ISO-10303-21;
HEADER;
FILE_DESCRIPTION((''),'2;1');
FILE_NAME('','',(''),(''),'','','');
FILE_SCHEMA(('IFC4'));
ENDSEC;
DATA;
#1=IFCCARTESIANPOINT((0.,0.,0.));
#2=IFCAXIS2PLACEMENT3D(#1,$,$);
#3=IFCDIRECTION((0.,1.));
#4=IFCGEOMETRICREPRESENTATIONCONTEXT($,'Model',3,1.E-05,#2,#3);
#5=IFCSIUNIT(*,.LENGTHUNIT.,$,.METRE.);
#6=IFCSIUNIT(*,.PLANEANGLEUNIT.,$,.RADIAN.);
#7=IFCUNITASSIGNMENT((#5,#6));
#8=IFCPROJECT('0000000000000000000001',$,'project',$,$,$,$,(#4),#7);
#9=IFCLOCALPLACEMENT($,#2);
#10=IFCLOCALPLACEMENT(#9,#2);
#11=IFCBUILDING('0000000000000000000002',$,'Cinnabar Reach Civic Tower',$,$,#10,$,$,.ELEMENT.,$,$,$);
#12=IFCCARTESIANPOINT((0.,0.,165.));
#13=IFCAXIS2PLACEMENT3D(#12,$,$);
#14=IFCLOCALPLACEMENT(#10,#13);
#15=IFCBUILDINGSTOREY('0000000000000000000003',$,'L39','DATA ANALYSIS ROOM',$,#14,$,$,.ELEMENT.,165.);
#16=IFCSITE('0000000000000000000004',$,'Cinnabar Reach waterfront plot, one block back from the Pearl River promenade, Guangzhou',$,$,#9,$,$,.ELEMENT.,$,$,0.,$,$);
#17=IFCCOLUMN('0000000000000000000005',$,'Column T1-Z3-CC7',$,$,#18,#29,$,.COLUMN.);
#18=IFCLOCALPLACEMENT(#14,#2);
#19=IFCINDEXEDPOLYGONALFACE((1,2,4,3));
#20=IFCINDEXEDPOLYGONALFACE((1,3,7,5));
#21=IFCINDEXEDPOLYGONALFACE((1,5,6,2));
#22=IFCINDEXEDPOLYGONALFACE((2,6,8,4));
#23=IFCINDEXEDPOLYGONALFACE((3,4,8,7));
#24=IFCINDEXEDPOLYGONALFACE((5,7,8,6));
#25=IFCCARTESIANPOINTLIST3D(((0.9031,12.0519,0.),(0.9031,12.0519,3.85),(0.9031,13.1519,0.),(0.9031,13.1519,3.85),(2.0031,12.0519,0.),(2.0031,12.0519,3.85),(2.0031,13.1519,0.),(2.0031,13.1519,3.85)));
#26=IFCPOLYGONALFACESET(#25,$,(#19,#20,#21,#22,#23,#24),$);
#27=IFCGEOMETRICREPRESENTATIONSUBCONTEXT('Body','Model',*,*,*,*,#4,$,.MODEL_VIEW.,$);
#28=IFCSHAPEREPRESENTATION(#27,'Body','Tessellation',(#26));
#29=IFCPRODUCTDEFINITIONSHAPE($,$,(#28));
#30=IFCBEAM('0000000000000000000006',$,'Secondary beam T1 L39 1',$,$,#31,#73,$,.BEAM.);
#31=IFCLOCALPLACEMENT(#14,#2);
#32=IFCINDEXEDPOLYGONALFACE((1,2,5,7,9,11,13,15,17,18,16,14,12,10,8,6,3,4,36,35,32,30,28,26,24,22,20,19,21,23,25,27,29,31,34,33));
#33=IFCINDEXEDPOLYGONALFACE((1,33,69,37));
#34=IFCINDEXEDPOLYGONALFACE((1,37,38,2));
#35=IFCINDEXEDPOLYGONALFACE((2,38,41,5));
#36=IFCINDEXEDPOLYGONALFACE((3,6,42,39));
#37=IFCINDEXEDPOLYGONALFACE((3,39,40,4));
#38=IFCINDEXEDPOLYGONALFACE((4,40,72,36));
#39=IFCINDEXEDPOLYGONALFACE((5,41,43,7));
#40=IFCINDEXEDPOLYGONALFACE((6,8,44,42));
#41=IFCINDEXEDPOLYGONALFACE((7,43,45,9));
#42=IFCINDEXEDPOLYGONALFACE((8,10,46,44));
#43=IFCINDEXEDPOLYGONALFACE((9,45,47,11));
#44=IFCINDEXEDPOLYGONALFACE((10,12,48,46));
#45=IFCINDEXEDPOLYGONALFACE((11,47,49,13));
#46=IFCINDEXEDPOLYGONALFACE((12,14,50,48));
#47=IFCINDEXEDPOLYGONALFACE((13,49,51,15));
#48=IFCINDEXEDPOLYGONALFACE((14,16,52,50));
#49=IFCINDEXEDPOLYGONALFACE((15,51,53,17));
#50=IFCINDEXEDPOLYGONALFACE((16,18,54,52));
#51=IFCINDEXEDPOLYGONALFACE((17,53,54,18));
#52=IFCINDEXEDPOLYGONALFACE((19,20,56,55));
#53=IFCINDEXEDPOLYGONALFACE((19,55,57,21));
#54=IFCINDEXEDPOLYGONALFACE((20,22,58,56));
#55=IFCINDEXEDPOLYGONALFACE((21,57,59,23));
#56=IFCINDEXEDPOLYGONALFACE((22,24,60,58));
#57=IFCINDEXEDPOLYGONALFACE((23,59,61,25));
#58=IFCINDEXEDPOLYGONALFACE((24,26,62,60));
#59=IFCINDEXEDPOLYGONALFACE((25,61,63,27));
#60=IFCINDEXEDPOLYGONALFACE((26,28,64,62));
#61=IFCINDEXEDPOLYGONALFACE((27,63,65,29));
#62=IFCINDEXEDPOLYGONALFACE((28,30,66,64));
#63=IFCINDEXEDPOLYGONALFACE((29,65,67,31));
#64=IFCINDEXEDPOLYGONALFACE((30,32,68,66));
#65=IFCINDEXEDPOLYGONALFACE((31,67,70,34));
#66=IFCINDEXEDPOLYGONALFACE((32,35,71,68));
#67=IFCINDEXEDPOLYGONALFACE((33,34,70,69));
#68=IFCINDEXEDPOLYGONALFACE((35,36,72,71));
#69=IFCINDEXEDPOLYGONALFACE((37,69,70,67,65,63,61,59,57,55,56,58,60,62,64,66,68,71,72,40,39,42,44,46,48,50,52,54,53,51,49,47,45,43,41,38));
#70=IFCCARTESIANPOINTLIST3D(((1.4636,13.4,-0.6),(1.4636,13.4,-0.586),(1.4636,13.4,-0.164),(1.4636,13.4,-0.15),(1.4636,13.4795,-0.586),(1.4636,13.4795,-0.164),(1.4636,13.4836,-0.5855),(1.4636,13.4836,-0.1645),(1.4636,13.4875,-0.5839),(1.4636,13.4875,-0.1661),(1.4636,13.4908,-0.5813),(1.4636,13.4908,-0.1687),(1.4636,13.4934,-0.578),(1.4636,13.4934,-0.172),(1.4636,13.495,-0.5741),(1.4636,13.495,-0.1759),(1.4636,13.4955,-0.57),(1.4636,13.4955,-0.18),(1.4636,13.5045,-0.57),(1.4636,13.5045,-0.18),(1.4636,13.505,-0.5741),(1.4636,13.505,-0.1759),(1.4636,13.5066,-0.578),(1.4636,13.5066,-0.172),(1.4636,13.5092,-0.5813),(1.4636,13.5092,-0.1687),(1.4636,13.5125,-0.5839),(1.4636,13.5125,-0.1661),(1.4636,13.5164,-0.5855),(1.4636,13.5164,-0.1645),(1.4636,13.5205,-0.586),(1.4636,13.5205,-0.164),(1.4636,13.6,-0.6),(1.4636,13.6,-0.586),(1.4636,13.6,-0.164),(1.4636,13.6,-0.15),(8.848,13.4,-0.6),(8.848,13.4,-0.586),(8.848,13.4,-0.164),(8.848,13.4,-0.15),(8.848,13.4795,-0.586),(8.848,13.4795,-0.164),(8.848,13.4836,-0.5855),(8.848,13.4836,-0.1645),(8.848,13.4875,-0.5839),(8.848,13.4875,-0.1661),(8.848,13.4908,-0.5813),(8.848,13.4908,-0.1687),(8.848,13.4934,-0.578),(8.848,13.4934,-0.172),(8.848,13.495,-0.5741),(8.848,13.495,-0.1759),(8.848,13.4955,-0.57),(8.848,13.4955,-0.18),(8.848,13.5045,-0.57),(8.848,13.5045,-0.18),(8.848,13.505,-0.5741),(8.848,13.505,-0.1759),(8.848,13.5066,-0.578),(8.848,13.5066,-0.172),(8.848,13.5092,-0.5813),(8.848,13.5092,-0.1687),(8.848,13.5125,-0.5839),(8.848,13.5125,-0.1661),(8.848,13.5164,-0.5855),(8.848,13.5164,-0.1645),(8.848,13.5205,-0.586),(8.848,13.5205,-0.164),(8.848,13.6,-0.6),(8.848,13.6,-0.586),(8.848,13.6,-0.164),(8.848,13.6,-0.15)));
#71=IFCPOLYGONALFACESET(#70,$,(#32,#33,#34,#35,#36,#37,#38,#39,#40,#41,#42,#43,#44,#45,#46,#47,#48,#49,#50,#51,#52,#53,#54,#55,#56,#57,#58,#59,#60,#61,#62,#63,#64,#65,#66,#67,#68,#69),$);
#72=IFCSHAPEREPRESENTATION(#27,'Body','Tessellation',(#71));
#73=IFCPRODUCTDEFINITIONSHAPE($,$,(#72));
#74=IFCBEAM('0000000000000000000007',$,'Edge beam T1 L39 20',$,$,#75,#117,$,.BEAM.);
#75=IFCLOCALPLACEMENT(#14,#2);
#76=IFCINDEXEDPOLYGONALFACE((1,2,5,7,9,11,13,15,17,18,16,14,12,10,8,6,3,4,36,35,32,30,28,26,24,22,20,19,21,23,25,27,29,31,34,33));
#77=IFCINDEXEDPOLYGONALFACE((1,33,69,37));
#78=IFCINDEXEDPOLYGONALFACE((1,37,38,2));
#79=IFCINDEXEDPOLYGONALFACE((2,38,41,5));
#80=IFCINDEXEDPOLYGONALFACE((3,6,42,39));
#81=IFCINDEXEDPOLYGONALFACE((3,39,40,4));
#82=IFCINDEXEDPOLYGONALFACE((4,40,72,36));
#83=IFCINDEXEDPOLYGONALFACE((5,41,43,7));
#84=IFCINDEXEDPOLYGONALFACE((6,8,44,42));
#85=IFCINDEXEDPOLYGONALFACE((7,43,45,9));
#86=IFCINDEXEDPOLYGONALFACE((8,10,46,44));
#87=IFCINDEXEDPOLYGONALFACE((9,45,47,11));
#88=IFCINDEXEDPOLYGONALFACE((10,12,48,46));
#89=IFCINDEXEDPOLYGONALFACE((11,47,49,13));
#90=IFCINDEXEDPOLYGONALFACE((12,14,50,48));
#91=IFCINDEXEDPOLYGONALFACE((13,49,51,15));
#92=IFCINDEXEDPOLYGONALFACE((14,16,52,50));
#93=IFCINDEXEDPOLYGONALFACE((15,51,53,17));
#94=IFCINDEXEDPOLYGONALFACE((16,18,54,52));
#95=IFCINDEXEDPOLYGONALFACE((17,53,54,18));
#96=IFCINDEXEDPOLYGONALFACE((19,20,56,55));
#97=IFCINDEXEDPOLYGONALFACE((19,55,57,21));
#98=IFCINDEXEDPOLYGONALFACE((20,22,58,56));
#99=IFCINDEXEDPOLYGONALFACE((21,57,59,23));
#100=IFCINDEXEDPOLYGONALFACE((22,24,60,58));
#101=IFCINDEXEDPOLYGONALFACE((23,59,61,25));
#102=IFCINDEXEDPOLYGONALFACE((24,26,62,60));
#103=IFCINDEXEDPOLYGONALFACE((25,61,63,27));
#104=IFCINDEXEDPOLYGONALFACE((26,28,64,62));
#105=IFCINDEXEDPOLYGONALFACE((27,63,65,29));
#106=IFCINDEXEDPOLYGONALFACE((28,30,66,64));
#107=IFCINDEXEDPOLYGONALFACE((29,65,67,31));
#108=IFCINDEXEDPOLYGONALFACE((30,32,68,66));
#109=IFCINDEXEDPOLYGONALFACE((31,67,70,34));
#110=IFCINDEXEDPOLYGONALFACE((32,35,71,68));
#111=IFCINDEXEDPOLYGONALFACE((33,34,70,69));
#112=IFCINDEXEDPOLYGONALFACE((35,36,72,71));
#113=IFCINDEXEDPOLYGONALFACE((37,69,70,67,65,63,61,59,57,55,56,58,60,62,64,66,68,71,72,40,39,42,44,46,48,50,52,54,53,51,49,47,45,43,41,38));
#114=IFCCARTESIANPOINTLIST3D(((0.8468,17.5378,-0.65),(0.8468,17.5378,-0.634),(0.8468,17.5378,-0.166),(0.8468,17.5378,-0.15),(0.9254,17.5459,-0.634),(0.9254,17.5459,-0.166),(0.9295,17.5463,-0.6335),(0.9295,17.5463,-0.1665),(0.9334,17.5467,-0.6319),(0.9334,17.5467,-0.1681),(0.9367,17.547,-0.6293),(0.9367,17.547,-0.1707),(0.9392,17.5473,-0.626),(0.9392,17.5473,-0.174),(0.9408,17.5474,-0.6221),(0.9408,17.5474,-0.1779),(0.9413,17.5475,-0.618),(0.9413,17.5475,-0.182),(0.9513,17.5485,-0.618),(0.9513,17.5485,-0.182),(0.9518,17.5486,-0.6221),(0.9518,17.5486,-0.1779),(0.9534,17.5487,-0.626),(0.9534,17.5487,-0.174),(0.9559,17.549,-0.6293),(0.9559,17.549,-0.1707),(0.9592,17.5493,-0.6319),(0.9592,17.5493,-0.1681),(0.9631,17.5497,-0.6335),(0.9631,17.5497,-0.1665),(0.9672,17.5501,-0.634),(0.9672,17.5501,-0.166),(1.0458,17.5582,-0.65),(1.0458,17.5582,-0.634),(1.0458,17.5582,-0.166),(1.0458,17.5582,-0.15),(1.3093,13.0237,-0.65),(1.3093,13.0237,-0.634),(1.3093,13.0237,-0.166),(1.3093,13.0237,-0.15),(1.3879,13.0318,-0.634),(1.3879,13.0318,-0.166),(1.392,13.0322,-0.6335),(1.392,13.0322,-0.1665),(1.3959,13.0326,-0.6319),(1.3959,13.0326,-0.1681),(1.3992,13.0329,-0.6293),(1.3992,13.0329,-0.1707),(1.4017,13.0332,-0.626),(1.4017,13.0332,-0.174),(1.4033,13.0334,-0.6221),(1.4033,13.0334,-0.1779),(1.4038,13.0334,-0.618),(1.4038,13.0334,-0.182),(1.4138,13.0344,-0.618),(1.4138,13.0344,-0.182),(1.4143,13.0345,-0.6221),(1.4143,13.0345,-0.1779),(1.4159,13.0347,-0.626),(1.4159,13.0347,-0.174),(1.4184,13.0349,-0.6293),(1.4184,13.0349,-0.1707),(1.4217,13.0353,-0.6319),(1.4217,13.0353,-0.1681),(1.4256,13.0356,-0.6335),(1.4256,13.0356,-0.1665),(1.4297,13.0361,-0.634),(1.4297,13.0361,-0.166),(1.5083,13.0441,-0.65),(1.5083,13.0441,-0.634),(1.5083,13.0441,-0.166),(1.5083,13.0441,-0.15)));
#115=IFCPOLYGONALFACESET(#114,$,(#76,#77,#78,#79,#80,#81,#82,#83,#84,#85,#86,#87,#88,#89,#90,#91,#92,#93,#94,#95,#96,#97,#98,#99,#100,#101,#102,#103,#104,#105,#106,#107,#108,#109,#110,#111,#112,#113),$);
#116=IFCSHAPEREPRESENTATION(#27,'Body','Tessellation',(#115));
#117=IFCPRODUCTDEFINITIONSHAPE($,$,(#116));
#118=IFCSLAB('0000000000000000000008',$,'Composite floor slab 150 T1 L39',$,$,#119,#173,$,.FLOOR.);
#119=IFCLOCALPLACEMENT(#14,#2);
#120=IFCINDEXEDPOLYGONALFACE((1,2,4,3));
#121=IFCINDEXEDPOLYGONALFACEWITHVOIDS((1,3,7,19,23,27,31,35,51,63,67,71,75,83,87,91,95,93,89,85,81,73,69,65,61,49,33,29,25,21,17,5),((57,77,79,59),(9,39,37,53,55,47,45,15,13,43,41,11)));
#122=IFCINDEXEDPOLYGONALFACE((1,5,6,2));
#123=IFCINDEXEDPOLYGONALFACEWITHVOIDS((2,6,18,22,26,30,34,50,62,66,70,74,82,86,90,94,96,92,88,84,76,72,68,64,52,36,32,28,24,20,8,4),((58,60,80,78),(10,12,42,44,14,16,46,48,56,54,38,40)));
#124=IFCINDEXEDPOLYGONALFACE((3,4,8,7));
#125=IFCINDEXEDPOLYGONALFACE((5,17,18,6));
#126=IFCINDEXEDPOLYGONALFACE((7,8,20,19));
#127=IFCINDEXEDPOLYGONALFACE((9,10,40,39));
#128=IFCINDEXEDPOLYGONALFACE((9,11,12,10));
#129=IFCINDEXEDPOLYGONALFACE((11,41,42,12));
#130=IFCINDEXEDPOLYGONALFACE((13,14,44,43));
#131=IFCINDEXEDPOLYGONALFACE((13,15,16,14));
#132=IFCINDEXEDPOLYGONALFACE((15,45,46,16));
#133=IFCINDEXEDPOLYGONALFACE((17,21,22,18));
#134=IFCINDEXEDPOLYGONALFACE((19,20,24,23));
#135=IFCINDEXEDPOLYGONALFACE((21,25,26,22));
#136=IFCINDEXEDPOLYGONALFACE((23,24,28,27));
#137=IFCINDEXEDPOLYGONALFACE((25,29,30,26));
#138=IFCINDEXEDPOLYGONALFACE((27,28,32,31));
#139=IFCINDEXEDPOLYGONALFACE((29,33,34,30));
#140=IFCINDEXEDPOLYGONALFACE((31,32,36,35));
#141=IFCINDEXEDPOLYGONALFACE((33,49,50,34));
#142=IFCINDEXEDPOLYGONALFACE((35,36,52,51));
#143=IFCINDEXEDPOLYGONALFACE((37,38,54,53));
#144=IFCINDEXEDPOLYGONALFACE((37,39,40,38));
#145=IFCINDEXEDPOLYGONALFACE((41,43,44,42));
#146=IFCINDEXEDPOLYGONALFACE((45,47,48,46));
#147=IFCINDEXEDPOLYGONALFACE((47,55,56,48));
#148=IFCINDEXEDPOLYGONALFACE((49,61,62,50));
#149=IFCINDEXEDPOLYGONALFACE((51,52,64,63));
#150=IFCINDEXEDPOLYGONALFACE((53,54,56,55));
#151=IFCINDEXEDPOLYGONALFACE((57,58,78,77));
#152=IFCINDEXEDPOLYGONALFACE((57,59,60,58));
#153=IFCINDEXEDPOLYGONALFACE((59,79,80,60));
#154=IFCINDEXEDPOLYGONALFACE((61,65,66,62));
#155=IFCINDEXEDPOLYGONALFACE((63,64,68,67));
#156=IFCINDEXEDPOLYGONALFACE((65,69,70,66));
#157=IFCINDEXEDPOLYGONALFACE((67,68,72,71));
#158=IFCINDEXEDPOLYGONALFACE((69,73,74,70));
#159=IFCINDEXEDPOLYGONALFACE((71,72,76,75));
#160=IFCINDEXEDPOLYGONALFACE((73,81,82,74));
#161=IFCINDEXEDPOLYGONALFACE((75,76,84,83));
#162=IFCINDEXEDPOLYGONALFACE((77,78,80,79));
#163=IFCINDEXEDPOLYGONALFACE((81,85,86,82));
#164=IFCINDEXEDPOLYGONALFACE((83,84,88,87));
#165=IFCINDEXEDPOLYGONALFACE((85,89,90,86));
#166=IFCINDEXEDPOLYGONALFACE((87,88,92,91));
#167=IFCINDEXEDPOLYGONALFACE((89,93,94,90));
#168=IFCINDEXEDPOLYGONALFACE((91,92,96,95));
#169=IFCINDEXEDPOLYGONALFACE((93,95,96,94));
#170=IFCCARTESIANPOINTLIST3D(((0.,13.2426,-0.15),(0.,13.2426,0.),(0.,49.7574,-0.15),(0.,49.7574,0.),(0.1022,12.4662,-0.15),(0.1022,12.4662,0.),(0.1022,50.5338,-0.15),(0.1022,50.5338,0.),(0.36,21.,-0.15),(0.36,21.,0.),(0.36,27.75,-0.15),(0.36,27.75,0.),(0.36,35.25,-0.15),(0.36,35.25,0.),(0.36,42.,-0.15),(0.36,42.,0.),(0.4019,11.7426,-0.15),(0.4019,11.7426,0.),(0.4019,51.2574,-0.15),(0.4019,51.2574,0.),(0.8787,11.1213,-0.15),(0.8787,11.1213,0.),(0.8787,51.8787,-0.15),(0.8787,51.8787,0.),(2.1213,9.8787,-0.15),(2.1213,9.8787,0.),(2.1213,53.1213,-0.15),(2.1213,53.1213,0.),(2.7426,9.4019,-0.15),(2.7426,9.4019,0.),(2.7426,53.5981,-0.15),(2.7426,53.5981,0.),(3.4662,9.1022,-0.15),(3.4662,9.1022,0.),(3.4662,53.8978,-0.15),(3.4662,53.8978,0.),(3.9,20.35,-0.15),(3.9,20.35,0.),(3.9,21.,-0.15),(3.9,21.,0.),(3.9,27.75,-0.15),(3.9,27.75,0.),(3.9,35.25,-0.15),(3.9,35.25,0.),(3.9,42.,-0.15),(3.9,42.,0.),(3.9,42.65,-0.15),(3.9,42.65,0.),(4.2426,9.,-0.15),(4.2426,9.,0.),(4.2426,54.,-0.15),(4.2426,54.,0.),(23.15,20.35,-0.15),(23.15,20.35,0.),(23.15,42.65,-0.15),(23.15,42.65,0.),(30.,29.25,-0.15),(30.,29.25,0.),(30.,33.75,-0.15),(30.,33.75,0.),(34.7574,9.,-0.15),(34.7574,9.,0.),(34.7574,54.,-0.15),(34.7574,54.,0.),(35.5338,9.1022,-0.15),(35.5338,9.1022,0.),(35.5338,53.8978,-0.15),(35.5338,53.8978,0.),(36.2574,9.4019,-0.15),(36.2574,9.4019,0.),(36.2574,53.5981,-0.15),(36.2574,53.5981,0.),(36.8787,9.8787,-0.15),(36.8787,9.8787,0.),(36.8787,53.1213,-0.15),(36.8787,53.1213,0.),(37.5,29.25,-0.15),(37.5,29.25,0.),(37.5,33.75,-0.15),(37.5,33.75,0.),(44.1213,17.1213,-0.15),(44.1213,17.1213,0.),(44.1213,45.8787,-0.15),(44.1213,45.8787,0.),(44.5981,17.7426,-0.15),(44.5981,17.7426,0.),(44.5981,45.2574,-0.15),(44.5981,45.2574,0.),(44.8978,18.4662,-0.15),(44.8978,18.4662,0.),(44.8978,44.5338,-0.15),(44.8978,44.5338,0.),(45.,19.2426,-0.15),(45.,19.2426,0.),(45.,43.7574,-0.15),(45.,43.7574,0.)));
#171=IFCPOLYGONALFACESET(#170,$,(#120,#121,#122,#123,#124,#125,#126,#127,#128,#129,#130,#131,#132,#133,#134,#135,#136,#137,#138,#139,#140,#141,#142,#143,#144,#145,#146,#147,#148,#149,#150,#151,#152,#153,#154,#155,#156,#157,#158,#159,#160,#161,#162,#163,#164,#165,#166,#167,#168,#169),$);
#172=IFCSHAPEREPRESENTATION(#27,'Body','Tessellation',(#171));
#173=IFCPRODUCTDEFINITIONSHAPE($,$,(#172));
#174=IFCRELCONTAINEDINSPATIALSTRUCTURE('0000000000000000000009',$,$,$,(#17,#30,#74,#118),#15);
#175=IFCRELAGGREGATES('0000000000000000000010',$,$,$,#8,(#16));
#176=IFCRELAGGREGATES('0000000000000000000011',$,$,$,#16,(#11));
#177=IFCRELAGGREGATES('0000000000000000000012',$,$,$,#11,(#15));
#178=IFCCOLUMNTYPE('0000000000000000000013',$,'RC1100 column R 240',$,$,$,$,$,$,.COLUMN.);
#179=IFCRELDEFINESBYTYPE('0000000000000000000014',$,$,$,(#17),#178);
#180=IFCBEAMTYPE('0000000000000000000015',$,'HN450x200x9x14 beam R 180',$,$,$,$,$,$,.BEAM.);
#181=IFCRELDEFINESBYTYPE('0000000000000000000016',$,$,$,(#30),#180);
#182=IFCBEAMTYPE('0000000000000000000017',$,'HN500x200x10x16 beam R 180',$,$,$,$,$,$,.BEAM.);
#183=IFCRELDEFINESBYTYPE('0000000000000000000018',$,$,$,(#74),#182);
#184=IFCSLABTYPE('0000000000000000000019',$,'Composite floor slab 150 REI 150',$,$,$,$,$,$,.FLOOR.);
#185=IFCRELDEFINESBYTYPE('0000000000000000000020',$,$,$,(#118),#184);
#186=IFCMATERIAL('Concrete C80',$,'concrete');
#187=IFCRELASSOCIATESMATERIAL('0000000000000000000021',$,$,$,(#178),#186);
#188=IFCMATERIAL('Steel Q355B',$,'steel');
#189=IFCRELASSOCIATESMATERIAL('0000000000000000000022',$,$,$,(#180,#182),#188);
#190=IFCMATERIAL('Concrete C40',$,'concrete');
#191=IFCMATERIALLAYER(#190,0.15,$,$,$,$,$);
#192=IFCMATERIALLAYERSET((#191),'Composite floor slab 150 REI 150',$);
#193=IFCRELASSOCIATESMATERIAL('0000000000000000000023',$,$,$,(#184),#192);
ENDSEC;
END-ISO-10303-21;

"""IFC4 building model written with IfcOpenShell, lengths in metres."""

from ifc_helpers import new_model, si_unit, direction, frame, origin, origin_2d, place, context, subcontext, project, spatial, polyline, rectangle, i_section, outline, extrude, material, layer, layer_set, material_profile, profile_set, type_object, element, save


model = new_model("IFC4")

# Units and contexts
model_context = context("Model", 3, precision=1e-05, world=origin(), true_north=direction((0.0, 1.0)))
body_context = subcontext(model_context, "Body", "Model", "MODEL_VIEW")
ifc_project = project(units=[si_unit("LENGTHUNIT", "METRE"), si_unit("PLANEANGLEUNIT", "RADIAN")], contexts=[model_context])

# Site, building, storey
site_placement = place(None, origin())
site = spatial("IfcSite", under=ifc_project, at=site_placement, Name="Cinnabar Reach waterfront plot, one block back from the Pearl River promenade, Guangzhou", CompositionType="ELEMENT", RefElevation=0.0)
building_placement = place(site_placement, origin())
building = spatial("IfcBuilding", under=site, at=building_placement, Name="Cinnabar Reach Civic Tower", CompositionType="ELEMENT")
storey_placement = place(building_placement, frame((0.0, 0.0, 165.0)))
storey = spatial("IfcBuildingStorey", under=building, at=storey_placement, Name="L39", Description="DATA ANALYSIS ROOM", CompositionType="ELEMENT", Elevation=165.0)

# Column
ifc_material_1 = material(Name="Concrete C80", Category="concrete")
ifc_material_profile_1 = material_profile(ifc_material_1, rectangle(XDim=1.1, YDim=1.1, at=origin_2d()), Name="RC1100")
ifc_profile_set_1 = profile_set([ifc_material_profile_1], Name="Concrete C80")
column_type = type_object("IfcColumnType", Name="RC1100 column R 240", PredefinedType="COLUMN", material=ifc_profile_set_1)
column_placement = place(storey_placement, frame((1.4531, 12.6019, 0.0), z_axis=(0.0, 0.0, 1.0), x_axis=(1.0, 0.0, 0.0)))
element("IfcColumn", 1, at=column_placement, inside=storey, type_object=column_type, Name="Column T1-Z3-CC7", PredefinedType="COLUMN", context=body_context, shape_type="SweptSolid", body=[
    extrude(rectangle(XDim=1.1, YDim=1.1, at=origin_2d()), origin(), (0.0, 0.0, 1.0), 3.85),
])

# Beams
ifc_material_2 = material(Name="Steel Q355B", Category="steel")
ifc_material_profile_2 = material_profile(ifc_material_2, i_section(OverallWidth=0.2, OverallDepth=0.45, WebThickness=0.009, FlangeThickness=0.014, FilletRadius=0.016, at=origin_2d()), Name="HN450x200x9x14")
ifc_profile_set_2 = profile_set([ifc_material_profile_2], Name="Steel Q355B")
beam_type_1 = type_object("IfcBeamType", Name="HN450x200x9x14 beam R 180", PredefinedType="BEAM", material=ifc_profile_set_2)
beam_1_placement = place(storey_placement, frame((1.4636, 13.5, -0.375), z_axis=(1.0, 0.0, 0.0), x_axis=(0.0, 1.0, 0.0)))
element("IfcBeam", 2, at=beam_1_placement, inside=storey, type_object=beam_type_1, Name="Secondary beam T1 L39 1", PredefinedType="BEAM", context=body_context, shape_type="SweptSolid", body=[
    extrude(i_section(OverallWidth=0.2, OverallDepth=0.45, WebThickness=0.009, FlangeThickness=0.014, FilletRadius=0.016, at=origin_2d()), origin(), (0.0, 0.0, 1.0), 7.3844),
])
ifc_material_profile_3 = material_profile(ifc_material_2, i_section(OverallWidth=0.2, OverallDepth=0.5, WebThickness=0.01, FlangeThickness=0.016, FilletRadius=0.016, at=origin_2d()), Name="HN500x200x10x16")
ifc_profile_set_3 = profile_set([ifc_material_profile_3], Name="Steel Q355B")
beam_type_2 = type_object("IfcBeamType", Name="HN500x200x10x16 beam R 180", PredefinedType="BEAM", material=ifc_profile_set_3)
beam_2_placement = place(storey_placement, frame((0.9463, 17.548, -0.4), z_axis=(0.101923, -0.994792, 0.0), x_axis=(0.994792, 0.101923, 0.0)))
element("IfcBeam", 3, at=beam_2_placement, inside=storey, type_object=beam_type_2, Name="Edge beam T1 L39 20", PredefinedType="BEAM", context=body_context, shape_type="SweptSolid", body=[
    extrude(i_section(OverallWidth=0.2, OverallDepth=0.5, WebThickness=0.01, FlangeThickness=0.016, FilletRadius=0.016, at=origin_2d()), origin(), (0.0, 0.0, 1.0), 4.5377),
])

# Slab
ifc_material_3 = material(Name="Concrete C40", Category="concrete")
ifc_layer_1 = layer(ifc_material_3, 0.15)
ifc_layer_set_1 = layer_set([ifc_layer_1], Name="Composite floor slab 150 REI 150")
slab_type_1 = type_object("IfcSlabType", Name="Composite floor slab 150 REI 150", PredefinedType="FLOOR", material=ifc_layer_set_1)
slab_1_placement = place(storey_placement, frame((0.0, 0.0, -0.15)))
element("IfcSlab", 4, at=slab_1_placement, inside=storey, type_object=slab_type_1, Name="Composite floor slab 150 T1 L39", PredefinedType="FLOOR", context=body_context, shape_type="SweptSolid", body=[
    extrude(outline(polyline([(0.8787, 11.1213), (0.4019, 11.7426), (0.1022, 12.4662), (0.0, 13.2426), (0.0, 49.7574), (0.1022, 50.5338), (0.4019, 51.2574), (0.8787, 51.8787), (2.1213, 53.1213), (2.7426, 53.5981), (3.4662, 53.8978), (4.2426, 54.0), (34.7574, 54.0), (35.5338, 53.8978), (36.2574, 53.5981), (36.8787, 53.1213), (44.1213, 45.8787), (44.5981, 45.2574), (44.8978, 44.5338), (45.0, 43.7574), (45.0, 19.2426), (44.8978, 18.4662), (44.5981, 17.7426), (44.1213, 17.1213), (36.8787, 9.8787), (36.2574, 9.4019), (35.5338, 9.1022), (34.7574, 9.0), (4.2426, 9.0), (3.4662, 9.1022), (2.7426, 9.4019), (2.1213, 9.8787), (0.8787, 11.1213)]), holes=[polyline([(0.36, 21.0), (3.9, 21.0), (3.9, 20.35), (23.15, 20.35), (23.15, 42.65), (3.9, 42.65), (3.9, 42.0), (0.36, 42.0), (0.36, 35.25), (3.9, 35.25), (3.9, 27.75), (0.36, 27.75), (0.36, 21.0)]), polyline([(30.0, 33.75), (30.0, 29.25), (37.5, 29.25), (37.5, 33.75), (30.0, 33.75)])]), origin(), (0.0, 0.0, 1.0), 0.15),
])

save(model, "model.ifc")
